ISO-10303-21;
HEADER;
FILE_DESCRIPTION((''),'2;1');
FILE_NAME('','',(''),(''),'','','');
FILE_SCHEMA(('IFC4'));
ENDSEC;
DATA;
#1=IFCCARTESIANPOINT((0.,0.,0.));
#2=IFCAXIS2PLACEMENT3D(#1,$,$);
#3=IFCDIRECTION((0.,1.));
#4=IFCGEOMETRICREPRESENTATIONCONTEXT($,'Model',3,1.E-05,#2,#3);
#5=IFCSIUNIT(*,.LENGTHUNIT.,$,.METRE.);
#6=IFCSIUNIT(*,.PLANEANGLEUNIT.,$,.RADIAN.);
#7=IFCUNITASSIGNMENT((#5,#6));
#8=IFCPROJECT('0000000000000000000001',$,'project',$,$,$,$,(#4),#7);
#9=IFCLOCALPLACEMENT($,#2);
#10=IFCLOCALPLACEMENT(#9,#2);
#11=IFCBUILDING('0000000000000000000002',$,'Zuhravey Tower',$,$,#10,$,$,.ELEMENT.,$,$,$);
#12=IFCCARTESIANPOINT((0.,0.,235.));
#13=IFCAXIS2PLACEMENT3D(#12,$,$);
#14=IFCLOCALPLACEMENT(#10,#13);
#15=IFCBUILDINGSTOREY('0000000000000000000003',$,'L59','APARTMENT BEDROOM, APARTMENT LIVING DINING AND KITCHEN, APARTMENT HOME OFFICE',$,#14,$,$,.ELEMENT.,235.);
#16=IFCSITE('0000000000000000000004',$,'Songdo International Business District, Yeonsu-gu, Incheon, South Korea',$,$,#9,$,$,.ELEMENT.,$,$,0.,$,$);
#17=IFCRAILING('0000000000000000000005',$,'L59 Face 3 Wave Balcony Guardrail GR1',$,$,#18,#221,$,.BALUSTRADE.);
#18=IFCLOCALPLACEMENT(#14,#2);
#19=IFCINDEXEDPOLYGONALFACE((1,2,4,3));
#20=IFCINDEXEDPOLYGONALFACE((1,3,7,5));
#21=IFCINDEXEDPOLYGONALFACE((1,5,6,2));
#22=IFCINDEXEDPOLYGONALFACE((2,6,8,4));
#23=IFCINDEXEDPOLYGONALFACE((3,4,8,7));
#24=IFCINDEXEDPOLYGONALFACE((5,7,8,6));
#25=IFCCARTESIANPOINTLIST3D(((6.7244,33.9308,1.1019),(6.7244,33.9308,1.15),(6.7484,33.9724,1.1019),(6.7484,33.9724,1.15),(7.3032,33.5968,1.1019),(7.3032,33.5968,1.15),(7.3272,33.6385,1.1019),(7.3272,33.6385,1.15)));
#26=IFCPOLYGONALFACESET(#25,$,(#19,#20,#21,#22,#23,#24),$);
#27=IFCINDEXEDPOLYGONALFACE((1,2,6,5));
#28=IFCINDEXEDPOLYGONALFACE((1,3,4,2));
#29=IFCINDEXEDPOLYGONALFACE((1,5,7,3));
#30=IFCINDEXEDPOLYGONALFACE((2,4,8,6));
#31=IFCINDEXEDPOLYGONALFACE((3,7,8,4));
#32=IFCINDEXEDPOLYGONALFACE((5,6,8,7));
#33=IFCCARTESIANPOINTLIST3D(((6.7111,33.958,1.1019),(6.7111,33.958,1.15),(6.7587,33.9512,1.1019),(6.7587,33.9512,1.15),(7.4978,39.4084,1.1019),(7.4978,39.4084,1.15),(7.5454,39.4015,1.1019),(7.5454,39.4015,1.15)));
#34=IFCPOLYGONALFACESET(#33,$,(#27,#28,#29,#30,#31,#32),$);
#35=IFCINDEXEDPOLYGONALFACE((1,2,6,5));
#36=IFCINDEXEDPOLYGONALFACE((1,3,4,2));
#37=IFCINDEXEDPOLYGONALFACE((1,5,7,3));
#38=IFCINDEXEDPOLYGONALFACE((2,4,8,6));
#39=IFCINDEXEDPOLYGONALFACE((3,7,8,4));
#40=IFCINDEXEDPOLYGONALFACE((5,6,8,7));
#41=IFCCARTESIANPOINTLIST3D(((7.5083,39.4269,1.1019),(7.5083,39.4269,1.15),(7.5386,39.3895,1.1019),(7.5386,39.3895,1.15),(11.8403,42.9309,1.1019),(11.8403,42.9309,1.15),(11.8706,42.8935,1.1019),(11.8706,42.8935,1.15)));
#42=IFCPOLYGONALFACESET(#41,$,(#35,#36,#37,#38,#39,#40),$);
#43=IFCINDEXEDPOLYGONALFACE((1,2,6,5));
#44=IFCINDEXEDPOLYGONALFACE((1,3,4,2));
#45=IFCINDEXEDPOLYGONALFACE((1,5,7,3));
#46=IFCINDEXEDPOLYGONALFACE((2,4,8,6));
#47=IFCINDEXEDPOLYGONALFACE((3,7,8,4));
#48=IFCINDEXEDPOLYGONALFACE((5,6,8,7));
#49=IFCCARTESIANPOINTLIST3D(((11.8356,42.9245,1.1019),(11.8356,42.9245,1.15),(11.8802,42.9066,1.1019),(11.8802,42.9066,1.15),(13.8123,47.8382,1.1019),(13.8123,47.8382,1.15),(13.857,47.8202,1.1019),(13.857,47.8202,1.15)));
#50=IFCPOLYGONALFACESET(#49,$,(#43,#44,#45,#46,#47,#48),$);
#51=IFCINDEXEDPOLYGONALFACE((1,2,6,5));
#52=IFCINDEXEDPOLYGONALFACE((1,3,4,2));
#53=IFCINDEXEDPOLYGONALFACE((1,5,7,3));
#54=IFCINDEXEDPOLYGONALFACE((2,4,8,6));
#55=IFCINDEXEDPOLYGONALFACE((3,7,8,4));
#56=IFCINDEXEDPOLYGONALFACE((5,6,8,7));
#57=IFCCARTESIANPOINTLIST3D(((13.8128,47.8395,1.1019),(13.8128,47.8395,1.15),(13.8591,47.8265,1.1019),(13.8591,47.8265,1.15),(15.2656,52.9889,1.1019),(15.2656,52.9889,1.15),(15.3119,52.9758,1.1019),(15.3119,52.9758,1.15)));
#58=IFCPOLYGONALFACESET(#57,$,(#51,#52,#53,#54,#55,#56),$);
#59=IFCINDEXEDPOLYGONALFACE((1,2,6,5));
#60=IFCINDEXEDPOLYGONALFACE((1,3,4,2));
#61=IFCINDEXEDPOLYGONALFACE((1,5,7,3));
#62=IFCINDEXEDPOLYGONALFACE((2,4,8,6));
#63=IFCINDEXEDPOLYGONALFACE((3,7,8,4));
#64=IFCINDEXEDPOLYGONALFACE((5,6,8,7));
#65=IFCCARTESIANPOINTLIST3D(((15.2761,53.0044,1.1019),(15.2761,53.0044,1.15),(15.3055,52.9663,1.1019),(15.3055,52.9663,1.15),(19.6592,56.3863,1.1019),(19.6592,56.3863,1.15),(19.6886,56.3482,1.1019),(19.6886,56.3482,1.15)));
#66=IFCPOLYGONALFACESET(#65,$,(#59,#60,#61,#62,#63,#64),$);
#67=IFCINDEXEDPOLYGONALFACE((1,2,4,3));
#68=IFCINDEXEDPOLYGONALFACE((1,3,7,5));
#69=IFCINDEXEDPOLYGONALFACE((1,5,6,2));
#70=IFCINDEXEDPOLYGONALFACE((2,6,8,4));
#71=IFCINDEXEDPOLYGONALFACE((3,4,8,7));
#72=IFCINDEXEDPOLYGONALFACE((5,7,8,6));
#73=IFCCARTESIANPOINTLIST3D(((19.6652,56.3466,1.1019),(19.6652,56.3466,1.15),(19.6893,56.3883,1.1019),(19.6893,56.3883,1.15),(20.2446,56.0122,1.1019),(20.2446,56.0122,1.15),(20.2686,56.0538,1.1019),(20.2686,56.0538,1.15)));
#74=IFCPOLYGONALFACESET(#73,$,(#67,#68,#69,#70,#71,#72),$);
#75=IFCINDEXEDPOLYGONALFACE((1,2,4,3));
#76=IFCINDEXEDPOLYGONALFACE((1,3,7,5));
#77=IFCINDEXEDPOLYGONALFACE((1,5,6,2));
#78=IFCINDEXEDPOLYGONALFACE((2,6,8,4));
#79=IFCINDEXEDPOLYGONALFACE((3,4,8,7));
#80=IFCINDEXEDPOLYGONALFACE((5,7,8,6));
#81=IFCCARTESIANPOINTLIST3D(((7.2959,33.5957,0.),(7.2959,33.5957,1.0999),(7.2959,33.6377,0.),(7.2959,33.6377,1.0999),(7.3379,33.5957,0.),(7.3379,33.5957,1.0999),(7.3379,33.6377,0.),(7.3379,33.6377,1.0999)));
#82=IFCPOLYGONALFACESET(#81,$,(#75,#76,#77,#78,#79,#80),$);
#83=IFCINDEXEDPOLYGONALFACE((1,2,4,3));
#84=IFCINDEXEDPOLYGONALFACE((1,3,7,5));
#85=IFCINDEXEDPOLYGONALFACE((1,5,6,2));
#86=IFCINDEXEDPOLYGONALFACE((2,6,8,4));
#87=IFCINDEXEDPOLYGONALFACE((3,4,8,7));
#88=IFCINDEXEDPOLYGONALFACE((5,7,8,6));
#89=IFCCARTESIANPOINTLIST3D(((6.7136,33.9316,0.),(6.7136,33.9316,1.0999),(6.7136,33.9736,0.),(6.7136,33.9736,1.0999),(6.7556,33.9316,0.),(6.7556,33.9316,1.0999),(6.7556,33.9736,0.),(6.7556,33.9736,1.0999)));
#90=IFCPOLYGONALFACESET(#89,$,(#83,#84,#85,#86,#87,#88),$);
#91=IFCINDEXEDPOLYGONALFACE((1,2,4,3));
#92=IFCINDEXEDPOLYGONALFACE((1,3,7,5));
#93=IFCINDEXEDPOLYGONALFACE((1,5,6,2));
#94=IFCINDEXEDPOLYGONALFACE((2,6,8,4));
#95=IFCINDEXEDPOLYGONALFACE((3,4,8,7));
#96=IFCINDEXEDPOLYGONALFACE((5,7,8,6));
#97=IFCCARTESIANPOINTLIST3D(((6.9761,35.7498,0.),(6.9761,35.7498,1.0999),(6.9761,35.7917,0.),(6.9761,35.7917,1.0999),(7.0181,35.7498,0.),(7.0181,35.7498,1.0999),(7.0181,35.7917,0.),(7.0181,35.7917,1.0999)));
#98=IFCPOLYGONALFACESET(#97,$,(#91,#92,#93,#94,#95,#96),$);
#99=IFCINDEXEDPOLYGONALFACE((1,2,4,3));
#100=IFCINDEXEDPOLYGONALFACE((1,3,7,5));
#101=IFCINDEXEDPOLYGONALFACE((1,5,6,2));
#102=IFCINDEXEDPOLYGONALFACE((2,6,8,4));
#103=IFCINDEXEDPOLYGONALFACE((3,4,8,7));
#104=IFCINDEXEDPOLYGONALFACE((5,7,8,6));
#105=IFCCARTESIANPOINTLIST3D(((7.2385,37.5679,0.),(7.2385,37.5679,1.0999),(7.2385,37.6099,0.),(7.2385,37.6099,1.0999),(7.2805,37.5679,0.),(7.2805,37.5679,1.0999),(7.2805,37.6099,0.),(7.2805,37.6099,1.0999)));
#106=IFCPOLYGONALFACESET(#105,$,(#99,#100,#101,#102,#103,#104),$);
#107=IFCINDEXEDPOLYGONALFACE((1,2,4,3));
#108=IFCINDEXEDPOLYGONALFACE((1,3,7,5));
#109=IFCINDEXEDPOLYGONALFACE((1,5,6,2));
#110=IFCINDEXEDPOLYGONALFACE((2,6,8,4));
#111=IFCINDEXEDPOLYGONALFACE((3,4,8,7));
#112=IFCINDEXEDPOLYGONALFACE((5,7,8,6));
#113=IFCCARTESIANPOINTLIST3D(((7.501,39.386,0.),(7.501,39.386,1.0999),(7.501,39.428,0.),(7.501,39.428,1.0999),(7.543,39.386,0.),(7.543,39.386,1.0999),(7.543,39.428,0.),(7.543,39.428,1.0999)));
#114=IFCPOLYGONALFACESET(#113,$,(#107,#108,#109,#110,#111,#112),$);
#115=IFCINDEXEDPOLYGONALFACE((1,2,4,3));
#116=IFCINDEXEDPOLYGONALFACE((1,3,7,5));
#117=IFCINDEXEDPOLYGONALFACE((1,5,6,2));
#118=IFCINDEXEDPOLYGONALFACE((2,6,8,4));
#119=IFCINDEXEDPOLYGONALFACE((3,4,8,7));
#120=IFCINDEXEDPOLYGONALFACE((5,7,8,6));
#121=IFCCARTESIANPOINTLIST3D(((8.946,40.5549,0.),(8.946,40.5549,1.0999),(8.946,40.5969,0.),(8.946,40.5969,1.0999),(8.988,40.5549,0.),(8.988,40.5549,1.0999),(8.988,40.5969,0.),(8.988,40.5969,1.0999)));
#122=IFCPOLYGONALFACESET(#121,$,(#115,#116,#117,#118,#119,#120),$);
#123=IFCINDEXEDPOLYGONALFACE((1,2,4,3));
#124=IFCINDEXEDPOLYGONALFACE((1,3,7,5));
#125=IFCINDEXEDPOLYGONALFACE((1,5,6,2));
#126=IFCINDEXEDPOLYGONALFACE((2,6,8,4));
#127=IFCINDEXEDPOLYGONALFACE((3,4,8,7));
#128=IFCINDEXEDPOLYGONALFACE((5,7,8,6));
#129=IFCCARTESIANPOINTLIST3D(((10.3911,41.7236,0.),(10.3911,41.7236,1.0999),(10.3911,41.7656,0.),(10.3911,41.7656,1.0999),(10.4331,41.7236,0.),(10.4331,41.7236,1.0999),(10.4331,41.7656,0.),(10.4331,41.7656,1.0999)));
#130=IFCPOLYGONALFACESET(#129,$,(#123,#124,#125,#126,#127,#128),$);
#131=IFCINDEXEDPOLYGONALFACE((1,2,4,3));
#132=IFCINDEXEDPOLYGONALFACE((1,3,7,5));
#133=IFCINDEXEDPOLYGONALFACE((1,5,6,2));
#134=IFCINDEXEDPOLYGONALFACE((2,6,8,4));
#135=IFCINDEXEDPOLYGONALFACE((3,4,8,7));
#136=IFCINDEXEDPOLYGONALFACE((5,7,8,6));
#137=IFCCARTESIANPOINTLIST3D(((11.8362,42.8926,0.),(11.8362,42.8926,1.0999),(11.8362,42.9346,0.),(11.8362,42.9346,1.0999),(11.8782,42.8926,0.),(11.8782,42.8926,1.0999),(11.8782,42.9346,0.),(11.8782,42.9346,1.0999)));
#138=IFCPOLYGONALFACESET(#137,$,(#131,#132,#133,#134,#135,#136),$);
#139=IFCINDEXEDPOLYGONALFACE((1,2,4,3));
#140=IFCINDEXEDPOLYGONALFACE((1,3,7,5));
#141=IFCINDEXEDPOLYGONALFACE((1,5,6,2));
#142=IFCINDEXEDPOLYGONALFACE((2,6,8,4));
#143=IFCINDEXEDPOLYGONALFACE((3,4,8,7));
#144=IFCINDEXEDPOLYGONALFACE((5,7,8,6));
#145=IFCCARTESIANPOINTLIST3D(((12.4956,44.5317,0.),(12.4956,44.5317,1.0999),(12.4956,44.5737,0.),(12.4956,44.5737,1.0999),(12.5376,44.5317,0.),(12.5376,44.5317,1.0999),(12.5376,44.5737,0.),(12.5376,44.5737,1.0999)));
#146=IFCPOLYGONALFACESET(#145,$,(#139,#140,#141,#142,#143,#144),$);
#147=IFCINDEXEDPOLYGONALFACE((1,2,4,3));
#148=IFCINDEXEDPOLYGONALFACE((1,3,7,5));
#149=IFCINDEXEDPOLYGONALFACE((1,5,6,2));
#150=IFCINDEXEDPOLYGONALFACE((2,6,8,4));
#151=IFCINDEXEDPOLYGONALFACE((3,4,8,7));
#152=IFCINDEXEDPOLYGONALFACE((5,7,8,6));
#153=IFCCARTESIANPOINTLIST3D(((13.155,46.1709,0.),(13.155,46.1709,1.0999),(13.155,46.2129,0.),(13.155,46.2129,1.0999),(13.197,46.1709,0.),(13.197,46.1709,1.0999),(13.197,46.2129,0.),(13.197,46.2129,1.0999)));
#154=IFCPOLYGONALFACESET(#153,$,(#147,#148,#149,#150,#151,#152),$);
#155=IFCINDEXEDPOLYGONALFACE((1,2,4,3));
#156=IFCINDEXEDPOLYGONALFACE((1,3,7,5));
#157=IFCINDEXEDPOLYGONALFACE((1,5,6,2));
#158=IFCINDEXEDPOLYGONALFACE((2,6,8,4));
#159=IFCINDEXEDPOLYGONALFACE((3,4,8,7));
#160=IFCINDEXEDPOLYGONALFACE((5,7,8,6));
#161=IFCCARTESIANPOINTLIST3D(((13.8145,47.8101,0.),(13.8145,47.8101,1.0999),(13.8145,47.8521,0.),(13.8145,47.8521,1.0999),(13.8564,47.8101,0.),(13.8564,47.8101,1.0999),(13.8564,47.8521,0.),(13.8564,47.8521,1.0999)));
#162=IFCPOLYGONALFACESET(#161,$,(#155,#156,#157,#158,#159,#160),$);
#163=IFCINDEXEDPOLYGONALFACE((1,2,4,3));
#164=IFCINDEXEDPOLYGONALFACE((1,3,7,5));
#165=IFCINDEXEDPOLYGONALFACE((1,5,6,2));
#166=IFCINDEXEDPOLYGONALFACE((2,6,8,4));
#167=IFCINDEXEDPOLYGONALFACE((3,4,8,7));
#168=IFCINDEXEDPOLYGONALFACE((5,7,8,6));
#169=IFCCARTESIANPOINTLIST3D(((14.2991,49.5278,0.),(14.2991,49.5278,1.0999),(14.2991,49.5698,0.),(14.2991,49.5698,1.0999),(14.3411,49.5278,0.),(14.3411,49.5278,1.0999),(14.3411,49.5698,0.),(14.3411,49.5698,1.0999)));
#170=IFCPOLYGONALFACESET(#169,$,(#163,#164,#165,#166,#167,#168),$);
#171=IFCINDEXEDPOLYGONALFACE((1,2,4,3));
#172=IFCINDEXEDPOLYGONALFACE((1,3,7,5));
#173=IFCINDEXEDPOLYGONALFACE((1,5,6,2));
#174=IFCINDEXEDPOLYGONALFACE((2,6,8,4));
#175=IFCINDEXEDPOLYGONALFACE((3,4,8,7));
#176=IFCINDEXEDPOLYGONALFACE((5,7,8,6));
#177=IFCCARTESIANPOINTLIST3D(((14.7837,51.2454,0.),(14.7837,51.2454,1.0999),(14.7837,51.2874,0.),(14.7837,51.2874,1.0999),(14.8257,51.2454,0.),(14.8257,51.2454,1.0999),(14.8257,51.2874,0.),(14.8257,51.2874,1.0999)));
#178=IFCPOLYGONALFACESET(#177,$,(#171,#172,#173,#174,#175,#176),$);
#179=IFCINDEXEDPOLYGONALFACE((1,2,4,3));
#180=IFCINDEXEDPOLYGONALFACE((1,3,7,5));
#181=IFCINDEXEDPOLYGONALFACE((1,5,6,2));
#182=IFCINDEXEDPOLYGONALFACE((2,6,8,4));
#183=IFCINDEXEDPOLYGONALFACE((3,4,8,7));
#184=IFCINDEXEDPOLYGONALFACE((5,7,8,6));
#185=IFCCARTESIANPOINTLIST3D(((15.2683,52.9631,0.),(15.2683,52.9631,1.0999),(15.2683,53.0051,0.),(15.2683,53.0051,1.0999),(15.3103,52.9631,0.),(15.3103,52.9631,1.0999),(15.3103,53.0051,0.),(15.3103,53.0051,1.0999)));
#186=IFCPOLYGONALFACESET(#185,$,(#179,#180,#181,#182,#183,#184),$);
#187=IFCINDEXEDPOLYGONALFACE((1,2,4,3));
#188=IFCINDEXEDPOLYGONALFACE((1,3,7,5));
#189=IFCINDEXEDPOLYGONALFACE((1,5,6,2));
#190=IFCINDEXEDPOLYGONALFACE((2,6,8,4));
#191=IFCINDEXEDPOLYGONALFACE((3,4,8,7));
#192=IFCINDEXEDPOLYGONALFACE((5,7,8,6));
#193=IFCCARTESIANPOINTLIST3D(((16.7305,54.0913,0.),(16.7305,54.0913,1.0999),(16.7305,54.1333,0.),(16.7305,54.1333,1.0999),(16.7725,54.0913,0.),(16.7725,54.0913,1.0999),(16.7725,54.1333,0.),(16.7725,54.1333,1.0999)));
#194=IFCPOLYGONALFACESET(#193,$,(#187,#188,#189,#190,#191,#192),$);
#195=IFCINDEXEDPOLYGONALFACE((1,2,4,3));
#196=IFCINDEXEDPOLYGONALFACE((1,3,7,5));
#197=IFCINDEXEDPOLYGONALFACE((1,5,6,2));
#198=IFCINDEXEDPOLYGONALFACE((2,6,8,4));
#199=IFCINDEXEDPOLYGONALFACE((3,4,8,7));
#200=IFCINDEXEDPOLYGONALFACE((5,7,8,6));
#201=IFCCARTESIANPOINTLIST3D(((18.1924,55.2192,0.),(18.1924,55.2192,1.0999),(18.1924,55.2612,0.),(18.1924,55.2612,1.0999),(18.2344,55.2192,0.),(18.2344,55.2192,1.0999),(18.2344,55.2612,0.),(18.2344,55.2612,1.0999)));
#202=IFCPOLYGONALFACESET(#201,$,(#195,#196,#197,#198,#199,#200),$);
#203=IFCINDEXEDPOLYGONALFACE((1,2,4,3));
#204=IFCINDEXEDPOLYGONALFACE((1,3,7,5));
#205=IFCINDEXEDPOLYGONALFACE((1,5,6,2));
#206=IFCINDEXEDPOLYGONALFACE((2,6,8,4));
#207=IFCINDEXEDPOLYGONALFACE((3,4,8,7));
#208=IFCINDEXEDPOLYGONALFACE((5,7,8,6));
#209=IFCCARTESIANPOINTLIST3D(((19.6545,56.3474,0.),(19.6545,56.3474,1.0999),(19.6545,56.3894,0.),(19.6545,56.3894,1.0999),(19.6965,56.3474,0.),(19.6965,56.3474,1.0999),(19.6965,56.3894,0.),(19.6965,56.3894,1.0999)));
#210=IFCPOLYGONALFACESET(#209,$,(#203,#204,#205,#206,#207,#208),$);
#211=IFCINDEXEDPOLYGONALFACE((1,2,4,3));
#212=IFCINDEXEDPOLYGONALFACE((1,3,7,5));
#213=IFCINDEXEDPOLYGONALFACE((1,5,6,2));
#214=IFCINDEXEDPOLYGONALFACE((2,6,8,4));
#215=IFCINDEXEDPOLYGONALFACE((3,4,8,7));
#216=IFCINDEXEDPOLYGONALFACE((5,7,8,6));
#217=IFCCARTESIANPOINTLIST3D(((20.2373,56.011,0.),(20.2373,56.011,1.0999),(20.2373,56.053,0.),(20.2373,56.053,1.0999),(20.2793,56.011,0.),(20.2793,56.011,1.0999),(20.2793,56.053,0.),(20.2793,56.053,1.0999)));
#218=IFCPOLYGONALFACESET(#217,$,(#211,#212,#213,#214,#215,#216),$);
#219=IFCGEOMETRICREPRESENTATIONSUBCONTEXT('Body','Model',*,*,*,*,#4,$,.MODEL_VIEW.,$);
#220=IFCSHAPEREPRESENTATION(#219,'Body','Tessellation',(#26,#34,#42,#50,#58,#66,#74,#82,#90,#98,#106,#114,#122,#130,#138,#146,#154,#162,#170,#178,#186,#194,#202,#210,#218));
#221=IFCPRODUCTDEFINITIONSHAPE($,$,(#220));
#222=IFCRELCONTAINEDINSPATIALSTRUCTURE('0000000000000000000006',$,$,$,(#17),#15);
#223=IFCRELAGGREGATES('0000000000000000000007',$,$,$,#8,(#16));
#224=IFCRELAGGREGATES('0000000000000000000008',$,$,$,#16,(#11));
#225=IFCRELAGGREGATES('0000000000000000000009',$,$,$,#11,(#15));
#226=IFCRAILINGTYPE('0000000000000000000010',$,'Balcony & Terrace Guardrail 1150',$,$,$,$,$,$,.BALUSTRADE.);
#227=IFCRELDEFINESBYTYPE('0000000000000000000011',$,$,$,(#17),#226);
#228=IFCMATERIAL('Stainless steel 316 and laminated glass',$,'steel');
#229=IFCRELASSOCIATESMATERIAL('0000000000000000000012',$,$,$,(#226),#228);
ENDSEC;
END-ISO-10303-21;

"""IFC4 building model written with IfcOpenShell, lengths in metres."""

from ifc_helpers import new_model, si_unit, direction, frame, origin, origin_2d, place, context, subcontext, project, spatial, rectangle, extrude, material, type_object, element, save


model = new_model("IFC4")

# Units and contexts
model_context = context("Model", 3, precision=1e-05, world=origin(), true_north=direction((0.0, 1.0)))
body_context = subcontext(model_context, "Body", "Model", "MODEL_VIEW")
ifc_project = project(units=[si_unit("LENGTHUNIT", "METRE"), si_unit("PLANEANGLEUNIT", "RADIAN")], contexts=[model_context])

# Site, building, storey
site_placement = place(None, origin())
site = spatial("IfcSite", under=ifc_project, at=site_placement, Name="Songdo International Business District, Yeonsu-gu, Incheon, South Korea", CompositionType="ELEMENT", RefElevation=0.0)
building_placement = place(site_placement, origin())
building = spatial("IfcBuilding", under=site, at=building_placement, Name="Zuhravey Tower", CompositionType="ELEMENT")
storey_placement = place(building_placement, frame((0.0, 0.0, 235.0)))
storey = spatial("IfcBuildingStorey", under=building, at=storey_placement, Name="L59", Description="APARTMENT BEDROOM, APARTMENT LIVING DINING AND KITCHEN, APARTMENT HOME OFFICE", CompositionType="ELEMENT", Elevation=235.0)

# Railing
ifc_material_1 = material(Name="Stainless steel 316 and laminated glass", Category="steel")
railing_type = type_object("IfcRailingType", Name="Balcony & Terrace Guardrail 1150", PredefinedType="BALUSTRADE", material=ifc_material_1)
railing_placement = place(storey_placement, frame((7.3169, 33.6167, 0.0)))
element("IfcRailing", 1, at=railing_placement, inside=storey, type_object=railing_type, Name="L59 Face 3 Wave Balcony Guardrail GR1", PredefinedType="BALUSTRADE", context=body_context, shape_type="SweptSolid", body=[
    extrude(rectangle(XDim=0.0481, YDim=0.0481, at=origin_2d()), frame((-0.0017, 0.001, 1.126), z_axis=(-0.86618, 0.499733, 0.0), x_axis=(-0.499733, -0.86618, 0.0)), (0.0, 0.0, 1.0), 0.6682),
    extrude(rectangle(XDim=0.0481, YDim=0.0481, at=origin_2d()), frame((-0.582, 0.3379, 1.126), z_axis=(0.142873, 0.989741, 0.0), x_axis=(-0.989741, 0.142873, 0.0)), (0.0, 0.0, 1.0), 5.5068),
    extrude(rectangle(XDim=0.0481, YDim=0.0481, at=origin_2d()), frame((0.2065, 5.7915, 1.126), z_axis=(0.777496, 0.628888, 0.0), x_axis=(-0.628888, 0.777496, 0.0)), (0.0, 0.0, 1.0), 5.5718),
    extrude(rectangle(XDim=0.0481, YDim=0.0481, at=origin_2d()), frame((4.541, 9.2988, 1.126), z_axis=(0.373224, 0.927741, 0.0), x_axis=(-0.927741, 0.373224, 0.0)), (0.0, 0.0, 1.0), 5.2964),
    extrude(rectangle(XDim=0.0481, YDim=0.0481, at=origin_2d()), frame((6.519, 14.2163, 1.126), z_axis=(0.271534, 0.962429, 0.0), x_axis=(-0.962429, 0.271534, 0.0)), (0.0, 0.0, 1.0), 5.3503),
    extrude(rectangle(XDim=0.0481, YDim=0.0481, at=origin_2d()), frame((7.9739, 19.3687, 1.126), z_axis=(0.791729, 0.610873, 0.0), x_axis=(-0.610873, 0.791729, 0.0)), (0.0, 0.0, 1.0), 5.5361),
    extrude(rectangle(XDim=0.0481, YDim=0.0481, at=origin_2d()), frame((12.3604, 22.7507, 1.126), z_axis=(0.866047, -0.499963, 0.0), x_axis=(0.499963, 0.866047, 0.0)), (0.0, 0.0, 1.0), 0.6689),
    extrude(rectangle(XDim=0.042, YDim=0.042, at=origin_2d()), origin(), (0.0, 0.0, 1.0), 1.0999),
    extrude(rectangle(XDim=0.042, YDim=0.042, at=origin_2d()), frame((-0.5823, 0.3359, 0.0)), (0.0, 0.0, 1.0), 1.0999),
    extrude(rectangle(XDim=0.042, YDim=0.042, at=origin_2d()), frame((-0.3198, 2.1541, 0.0)), (0.0, 0.0, 1.0), 1.0999),
    extrude(rectangle(XDim=0.042, YDim=0.042, at=origin_2d()), frame((-0.0574, 3.9722, 0.0)), (0.0, 0.0, 1.0), 1.0999),
    extrude(rectangle(XDim=0.042, YDim=0.042, at=origin_2d()), frame((0.2051, 5.7903, 0.0)), (0.0, 0.0, 1.0), 1.0999),
    extrude(rectangle(XDim=0.042, YDim=0.042, at=origin_2d()), frame((1.6501, 6.9592, 0.0)), (0.0, 0.0, 1.0), 1.0999),
    extrude(rectangle(XDim=0.042, YDim=0.042, at=origin_2d()), frame((3.0952, 8.1279, 0.0)), (0.0, 0.0, 1.0), 1.0999),
    extrude(rectangle(XDim=0.042, YDim=0.042, at=origin_2d()), frame((4.5403, 9.2969, 0.0)), (0.0, 0.0, 1.0), 1.0999),
    extrude(rectangle(XDim=0.042, YDim=0.042, at=origin_2d()), frame((5.1997, 10.936, 0.0)), (0.0, 0.0, 1.0), 1.0999),
    extrude(rectangle(XDim=0.042, YDim=0.042, at=origin_2d()), frame((5.8591, 12.5752, 0.0)), (0.0, 0.0, 1.0), 1.0999),
    extrude(rectangle(XDim=0.042, YDim=0.042, at=origin_2d()), frame((6.5186, 14.2144, 0.0)), (0.0, 0.0, 1.0), 1.0999),
    extrude(rectangle(XDim=0.042, YDim=0.042, at=origin_2d()), frame((7.0032, 15.9321, 0.0)), (0.0, 0.0, 1.0), 1.0999),
    extrude(rectangle(XDim=0.042, YDim=0.042, at=origin_2d()), frame((7.4878, 17.6497, 0.0)), (0.0, 0.0, 1.0), 1.0999),
    extrude(rectangle(XDim=0.042, YDim=0.042, at=origin_2d()), frame((7.9724, 19.3674, 0.0)), (0.0, 0.0, 1.0), 1.0999),
    extrude(rectangle(XDim=0.042, YDim=0.042, at=origin_2d()), frame((9.4346, 20.4956, 0.0)), (0.0, 0.0, 1.0), 1.0999),
    extrude(rectangle(XDim=0.042, YDim=0.042, at=origin_2d()), frame((10.8965, 21.6235, 0.0)), (0.0, 0.0, 1.0), 1.0999),
    extrude(rectangle(XDim=0.042, YDim=0.042, at=origin_2d()), frame((12.3586, 22.7517, 0.0)), (0.0, 0.0, 1.0), 1.0999),
    extrude(rectangle(XDim=0.042, YDim=0.042, at=origin_2d()), frame((12.9414, 22.4153, 0.0)), (0.0, 0.0, 1.0), 1.0999),
])

save(model, "model.ifc")
